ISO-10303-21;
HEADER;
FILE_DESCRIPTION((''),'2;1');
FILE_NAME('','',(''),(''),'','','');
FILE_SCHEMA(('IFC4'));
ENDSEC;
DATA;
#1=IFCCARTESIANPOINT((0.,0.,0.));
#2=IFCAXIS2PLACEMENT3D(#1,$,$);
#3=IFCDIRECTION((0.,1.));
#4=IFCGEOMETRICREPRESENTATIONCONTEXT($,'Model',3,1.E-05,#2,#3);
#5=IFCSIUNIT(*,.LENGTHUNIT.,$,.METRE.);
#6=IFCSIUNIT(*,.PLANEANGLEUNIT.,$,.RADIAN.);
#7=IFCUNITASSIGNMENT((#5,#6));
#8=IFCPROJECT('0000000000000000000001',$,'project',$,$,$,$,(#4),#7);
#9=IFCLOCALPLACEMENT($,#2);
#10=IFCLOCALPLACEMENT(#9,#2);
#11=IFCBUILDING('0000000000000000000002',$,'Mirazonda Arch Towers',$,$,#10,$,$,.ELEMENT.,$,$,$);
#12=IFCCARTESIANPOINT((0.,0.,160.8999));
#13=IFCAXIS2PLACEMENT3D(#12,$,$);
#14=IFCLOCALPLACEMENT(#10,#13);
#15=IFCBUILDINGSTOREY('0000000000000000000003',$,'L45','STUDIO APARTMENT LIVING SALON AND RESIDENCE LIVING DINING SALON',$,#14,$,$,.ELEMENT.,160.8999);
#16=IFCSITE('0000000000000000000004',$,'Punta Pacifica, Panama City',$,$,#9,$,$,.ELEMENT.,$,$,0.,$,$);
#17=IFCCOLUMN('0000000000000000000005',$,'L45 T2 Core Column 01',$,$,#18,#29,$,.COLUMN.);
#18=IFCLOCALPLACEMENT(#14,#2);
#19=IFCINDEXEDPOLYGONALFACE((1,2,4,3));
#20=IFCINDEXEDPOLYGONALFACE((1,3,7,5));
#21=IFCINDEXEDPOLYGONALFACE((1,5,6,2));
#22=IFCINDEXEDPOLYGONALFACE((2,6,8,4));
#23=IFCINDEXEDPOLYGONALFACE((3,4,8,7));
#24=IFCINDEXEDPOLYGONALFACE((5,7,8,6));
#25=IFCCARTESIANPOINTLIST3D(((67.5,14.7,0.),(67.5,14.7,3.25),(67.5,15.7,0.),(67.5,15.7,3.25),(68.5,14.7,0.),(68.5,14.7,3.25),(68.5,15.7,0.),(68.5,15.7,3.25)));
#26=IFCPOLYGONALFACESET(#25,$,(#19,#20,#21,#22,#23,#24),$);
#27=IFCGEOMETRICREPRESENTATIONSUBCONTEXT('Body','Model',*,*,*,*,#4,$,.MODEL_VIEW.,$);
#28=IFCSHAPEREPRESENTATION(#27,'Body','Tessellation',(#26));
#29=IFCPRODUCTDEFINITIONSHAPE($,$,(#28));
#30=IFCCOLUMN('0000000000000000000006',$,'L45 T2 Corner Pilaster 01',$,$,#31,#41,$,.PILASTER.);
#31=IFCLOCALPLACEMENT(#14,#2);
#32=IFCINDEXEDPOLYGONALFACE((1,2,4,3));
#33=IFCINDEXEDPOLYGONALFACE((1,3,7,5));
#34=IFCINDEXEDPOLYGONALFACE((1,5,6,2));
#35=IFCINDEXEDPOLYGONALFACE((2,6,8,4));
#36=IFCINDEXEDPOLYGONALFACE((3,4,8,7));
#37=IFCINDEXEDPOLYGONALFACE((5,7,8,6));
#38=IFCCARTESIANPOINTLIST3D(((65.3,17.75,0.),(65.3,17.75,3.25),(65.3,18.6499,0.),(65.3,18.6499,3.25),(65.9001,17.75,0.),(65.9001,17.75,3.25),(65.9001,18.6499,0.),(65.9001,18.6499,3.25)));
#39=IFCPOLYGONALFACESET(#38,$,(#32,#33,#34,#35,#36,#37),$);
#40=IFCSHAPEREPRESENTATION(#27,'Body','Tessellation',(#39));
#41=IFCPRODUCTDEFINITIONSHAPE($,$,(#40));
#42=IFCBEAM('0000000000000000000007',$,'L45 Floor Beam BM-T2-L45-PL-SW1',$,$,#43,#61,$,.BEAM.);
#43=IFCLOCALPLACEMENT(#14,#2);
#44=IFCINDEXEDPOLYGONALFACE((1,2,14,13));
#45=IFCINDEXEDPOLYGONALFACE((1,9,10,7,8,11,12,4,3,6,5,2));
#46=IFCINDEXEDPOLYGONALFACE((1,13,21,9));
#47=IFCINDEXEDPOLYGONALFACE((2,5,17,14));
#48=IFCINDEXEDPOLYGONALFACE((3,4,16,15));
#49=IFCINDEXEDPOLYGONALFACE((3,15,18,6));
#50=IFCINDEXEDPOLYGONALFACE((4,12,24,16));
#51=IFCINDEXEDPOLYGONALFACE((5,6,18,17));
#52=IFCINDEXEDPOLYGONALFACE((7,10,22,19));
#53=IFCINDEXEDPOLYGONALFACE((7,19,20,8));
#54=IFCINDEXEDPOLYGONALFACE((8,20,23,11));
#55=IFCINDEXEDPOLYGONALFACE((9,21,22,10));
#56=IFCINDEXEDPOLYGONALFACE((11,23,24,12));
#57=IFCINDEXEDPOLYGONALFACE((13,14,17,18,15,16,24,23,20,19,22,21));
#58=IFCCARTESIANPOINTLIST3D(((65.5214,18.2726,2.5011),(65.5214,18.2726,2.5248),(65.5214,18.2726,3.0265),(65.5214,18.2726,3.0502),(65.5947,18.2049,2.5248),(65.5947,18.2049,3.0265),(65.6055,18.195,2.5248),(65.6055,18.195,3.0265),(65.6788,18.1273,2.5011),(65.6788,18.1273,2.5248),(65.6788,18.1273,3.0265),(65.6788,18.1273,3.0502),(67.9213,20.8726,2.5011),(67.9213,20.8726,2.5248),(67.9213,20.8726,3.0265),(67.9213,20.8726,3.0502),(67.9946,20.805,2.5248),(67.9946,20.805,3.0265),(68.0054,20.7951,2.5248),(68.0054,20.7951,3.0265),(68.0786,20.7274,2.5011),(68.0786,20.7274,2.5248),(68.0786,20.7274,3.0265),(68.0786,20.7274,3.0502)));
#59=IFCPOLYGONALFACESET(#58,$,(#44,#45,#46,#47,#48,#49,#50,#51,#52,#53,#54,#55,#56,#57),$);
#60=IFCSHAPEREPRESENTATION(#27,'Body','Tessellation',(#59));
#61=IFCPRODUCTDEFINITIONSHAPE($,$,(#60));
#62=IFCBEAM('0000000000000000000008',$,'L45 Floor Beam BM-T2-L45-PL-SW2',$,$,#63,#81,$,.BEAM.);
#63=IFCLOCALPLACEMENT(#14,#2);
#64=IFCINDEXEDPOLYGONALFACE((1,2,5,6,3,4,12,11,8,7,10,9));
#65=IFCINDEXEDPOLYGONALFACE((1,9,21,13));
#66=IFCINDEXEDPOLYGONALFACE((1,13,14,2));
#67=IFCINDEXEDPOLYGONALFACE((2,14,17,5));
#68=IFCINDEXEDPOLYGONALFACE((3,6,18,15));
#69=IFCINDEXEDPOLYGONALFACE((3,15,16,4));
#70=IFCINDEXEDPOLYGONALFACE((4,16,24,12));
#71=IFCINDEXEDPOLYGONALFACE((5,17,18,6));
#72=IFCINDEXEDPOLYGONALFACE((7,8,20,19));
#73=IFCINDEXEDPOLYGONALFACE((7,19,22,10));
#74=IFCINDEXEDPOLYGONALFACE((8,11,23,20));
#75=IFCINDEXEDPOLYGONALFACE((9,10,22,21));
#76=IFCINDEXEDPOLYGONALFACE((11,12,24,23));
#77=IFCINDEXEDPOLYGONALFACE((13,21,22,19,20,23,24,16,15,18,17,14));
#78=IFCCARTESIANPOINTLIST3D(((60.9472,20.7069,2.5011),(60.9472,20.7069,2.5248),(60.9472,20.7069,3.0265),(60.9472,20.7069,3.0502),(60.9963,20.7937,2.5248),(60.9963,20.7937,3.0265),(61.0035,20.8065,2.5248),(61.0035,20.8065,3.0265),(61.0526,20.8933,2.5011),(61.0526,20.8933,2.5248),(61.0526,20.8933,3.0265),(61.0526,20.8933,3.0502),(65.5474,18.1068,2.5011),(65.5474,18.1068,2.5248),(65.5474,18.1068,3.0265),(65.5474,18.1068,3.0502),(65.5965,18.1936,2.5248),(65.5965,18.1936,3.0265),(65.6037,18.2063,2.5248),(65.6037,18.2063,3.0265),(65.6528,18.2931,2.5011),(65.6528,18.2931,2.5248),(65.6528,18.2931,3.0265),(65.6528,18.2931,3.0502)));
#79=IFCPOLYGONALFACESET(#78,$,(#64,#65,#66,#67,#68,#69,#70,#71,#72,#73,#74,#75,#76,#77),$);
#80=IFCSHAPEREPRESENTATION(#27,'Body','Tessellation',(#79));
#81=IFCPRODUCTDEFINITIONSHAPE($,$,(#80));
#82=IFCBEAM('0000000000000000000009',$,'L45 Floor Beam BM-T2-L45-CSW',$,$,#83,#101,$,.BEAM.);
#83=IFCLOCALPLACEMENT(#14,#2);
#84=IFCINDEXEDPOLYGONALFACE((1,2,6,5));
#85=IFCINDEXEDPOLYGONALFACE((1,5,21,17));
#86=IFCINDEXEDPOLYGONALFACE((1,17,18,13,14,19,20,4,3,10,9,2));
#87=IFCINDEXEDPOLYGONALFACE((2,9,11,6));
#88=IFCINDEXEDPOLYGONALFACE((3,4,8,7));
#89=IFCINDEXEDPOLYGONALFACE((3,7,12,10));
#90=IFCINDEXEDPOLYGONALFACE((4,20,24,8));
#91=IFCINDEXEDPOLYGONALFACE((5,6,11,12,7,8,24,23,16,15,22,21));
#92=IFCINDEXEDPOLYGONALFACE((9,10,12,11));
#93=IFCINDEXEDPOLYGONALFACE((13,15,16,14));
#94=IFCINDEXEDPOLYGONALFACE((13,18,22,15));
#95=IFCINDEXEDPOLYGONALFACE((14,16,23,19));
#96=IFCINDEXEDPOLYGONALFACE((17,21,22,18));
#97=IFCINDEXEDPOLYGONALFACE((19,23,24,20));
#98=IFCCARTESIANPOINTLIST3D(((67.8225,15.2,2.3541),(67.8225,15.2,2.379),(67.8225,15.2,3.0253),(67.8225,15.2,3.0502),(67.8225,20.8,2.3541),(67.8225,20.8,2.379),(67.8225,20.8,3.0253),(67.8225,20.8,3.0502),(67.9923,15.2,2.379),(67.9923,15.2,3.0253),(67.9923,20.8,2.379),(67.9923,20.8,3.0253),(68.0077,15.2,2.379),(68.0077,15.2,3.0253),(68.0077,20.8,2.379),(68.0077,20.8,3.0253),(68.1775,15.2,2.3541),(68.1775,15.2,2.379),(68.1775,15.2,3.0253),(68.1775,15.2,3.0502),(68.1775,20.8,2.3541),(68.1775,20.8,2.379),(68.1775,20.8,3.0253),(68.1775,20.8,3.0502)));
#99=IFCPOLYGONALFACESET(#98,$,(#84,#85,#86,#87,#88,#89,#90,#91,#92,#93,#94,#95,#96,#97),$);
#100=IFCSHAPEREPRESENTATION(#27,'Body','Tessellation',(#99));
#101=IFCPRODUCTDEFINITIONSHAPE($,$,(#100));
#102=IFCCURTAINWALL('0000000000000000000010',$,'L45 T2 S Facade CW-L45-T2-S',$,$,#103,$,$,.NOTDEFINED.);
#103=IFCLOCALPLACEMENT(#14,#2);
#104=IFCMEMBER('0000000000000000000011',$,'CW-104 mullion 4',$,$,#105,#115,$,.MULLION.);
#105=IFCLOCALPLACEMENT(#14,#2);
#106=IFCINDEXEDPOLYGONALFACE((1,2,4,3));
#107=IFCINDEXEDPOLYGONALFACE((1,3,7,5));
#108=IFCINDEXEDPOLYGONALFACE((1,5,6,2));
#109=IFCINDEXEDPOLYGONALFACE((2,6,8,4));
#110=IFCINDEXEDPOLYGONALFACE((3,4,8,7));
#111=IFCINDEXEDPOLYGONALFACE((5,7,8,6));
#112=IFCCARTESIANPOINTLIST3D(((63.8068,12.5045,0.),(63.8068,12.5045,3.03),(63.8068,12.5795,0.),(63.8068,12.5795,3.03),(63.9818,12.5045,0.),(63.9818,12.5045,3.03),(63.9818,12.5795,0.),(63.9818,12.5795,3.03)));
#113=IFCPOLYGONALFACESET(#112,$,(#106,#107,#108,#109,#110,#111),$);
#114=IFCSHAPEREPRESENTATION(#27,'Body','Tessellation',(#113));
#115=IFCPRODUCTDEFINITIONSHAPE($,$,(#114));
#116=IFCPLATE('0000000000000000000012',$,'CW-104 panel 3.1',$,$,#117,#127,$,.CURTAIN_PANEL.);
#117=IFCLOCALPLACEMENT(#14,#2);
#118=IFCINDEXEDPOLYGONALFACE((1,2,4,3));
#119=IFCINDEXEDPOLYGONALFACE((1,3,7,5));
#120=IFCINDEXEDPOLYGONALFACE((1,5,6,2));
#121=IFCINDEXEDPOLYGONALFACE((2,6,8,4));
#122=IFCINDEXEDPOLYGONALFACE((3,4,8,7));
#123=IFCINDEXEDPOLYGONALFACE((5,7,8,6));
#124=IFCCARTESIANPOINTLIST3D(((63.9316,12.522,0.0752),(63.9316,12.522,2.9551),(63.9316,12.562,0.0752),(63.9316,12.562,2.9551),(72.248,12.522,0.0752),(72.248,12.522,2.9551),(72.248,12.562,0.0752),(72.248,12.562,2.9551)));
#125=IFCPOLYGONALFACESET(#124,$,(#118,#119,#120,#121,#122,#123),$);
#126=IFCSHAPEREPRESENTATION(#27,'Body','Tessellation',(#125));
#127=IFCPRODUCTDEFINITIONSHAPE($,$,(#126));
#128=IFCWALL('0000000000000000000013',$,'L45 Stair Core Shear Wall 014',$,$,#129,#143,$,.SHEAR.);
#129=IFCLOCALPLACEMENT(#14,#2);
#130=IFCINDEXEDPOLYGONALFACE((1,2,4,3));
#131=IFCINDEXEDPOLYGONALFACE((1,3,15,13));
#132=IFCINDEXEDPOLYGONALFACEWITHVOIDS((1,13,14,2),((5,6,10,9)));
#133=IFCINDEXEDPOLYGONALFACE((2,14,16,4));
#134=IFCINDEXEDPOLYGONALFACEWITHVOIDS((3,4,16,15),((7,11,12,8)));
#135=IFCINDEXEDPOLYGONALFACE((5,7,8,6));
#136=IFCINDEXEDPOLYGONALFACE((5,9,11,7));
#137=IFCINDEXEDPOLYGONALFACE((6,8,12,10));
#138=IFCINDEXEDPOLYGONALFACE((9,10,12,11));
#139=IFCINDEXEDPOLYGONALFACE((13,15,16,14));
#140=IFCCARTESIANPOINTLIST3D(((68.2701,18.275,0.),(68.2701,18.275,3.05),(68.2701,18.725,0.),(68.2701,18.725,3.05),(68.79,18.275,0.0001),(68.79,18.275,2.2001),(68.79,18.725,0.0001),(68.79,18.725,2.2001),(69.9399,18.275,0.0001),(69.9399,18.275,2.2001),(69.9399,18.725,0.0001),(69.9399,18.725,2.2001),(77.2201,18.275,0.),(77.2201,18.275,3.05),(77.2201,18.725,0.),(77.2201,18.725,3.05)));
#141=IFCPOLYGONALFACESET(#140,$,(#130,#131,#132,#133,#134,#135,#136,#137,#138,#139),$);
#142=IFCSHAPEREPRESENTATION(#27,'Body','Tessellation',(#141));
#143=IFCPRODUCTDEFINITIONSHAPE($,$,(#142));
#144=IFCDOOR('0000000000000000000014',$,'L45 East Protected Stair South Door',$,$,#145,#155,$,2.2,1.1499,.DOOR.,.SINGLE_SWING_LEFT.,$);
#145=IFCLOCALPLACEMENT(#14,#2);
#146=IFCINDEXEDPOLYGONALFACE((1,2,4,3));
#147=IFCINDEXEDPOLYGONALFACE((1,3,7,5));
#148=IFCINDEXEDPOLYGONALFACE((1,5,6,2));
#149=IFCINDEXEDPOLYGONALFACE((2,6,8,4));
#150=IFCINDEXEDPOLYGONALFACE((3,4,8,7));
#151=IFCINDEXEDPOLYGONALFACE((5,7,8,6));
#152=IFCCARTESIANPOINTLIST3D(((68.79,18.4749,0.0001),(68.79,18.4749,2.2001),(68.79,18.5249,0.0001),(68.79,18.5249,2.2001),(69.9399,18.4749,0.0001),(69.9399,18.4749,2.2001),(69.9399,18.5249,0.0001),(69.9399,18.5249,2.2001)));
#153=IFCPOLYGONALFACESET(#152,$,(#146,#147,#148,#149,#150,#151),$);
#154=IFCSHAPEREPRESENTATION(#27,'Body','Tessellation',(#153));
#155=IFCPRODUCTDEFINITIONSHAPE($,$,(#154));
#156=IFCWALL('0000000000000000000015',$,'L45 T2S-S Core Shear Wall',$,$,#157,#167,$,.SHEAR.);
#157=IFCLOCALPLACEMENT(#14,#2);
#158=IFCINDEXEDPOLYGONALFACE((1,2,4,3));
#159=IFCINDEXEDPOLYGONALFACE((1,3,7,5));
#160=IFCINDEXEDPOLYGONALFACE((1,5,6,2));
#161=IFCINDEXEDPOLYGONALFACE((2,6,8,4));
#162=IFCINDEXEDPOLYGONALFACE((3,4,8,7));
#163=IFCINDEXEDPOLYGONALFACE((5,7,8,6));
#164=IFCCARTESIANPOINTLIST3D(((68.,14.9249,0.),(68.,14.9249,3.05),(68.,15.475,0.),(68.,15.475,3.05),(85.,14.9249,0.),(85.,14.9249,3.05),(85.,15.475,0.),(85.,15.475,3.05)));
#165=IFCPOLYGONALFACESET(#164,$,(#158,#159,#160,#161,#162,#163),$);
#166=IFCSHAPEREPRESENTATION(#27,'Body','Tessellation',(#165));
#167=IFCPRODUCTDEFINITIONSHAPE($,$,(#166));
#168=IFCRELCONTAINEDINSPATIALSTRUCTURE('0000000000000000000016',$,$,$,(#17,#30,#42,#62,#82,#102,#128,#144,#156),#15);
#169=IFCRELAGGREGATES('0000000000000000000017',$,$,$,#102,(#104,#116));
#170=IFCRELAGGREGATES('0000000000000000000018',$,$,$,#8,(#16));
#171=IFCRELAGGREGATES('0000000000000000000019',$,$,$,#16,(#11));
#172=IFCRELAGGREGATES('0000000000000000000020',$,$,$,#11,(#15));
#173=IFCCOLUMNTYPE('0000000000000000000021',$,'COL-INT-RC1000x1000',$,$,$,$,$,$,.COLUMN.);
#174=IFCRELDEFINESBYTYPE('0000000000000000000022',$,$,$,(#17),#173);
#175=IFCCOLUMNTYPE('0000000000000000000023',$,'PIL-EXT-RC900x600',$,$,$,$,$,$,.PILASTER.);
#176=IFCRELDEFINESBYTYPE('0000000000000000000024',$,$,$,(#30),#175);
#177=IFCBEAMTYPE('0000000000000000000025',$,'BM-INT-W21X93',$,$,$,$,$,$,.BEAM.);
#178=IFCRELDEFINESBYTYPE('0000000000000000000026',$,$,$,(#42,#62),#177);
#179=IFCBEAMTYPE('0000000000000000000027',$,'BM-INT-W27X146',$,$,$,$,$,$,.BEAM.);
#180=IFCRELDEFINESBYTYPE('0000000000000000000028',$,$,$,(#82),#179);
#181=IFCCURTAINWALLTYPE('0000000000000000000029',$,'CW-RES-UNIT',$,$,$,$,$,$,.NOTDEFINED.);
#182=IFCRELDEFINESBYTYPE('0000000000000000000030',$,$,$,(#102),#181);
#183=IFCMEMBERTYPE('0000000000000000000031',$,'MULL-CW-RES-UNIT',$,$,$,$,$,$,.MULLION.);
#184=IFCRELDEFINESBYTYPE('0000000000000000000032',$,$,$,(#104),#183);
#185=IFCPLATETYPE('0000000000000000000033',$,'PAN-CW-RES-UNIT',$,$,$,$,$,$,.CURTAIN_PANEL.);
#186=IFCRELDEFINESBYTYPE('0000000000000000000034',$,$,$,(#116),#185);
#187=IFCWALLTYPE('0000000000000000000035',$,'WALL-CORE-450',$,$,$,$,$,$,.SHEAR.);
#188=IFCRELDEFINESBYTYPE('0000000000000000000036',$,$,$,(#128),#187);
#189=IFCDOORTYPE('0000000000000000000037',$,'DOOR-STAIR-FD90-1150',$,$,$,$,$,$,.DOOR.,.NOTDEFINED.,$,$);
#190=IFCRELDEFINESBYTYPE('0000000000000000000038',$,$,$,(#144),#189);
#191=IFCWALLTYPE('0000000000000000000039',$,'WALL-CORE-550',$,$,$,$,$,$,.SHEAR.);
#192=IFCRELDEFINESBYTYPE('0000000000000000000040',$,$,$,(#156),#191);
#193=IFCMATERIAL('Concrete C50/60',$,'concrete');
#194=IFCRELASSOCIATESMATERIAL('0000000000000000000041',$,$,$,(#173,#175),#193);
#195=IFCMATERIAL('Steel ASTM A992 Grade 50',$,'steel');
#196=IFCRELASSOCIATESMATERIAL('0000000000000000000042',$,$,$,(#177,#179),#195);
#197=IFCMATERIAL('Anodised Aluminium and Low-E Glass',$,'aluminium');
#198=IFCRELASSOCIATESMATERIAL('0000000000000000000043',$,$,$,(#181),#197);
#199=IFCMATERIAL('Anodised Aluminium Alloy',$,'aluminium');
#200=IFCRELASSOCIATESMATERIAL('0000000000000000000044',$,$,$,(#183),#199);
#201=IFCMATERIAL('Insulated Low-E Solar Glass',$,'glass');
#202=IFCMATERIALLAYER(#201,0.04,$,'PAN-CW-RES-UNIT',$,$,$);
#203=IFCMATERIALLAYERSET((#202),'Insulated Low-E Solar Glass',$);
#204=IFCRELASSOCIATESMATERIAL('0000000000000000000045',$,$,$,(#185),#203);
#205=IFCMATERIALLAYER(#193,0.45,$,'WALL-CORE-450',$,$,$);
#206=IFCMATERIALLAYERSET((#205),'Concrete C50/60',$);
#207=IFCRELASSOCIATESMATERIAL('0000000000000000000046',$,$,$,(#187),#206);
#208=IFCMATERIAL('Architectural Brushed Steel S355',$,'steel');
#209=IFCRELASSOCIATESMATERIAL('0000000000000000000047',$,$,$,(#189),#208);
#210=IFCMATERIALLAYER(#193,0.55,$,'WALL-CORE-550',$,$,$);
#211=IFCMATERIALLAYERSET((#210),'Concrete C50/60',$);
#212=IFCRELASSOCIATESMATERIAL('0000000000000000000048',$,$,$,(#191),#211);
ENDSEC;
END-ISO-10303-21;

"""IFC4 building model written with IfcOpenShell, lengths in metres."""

from ifc_helpers import new_model, si_unit, direction, frame, frame_2d, origin, origin_2d, place, context, subcontext, project, spatial, rectangle, i_section, extrude, material, layer, layer_set, material_profile, profile_set, type_object, element, fill, aggregate, save


model = new_model("IFC4")

# Units and contexts
model_context = context("Model", 3, precision=1e-05, world=origin(), true_north=direction((0.0, 1.0)))
body_context = subcontext(model_context, "Body", "Model", "MODEL_VIEW")
ifc_project = project(units=[si_unit("LENGTHUNIT", "METRE"), si_unit("PLANEANGLEUNIT", "RADIAN")], contexts=[model_context])

# Site, building, storey
site_placement = place(None, origin())
site = spatial("IfcSite", under=ifc_project, at=site_placement, Name="Punta Pacifica, Panama City", CompositionType="ELEMENT", RefElevation=0.0)
building_placement = place(site_placement, origin())
building = spatial("IfcBuilding", under=site, at=building_placement, Name="Mirazonda Arch Towers", CompositionType="ELEMENT")
storey_placement = place(building_placement, frame((0.0, 0.0, 160.8999)))
storey = spatial("IfcBuildingStorey", under=building, at=storey_placement, Name="L45", Description="STUDIO APARTMENT LIVING SALON AND RESIDENCE LIVING DINING SALON", CompositionType="ELEMENT", Elevation=160.8999)

# Columns
ifc_material_1 = material(Name="Concrete C50/60", Category="concrete")
ifc_material_profile_1 = material_profile(ifc_material_1, rectangle(XDim=1.0, YDim=1.0, at=origin_2d()), Name="RC1000x1000")
ifc_profile_set_1 = profile_set([ifc_material_profile_1], Name="Concrete C50/60")
column_type_1 = type_object("IfcColumnType", Name="COL-INT-RC1000x1000", PredefinedType="COLUMN", material=ifc_profile_set_1)
column_1_placement = place(storey_placement, frame((68.0, 15.2, 0.0), z_axis=(0.0, 0.0, 1.0), x_axis=(1.0, 0.0, 0.0)))
element("IfcColumn", 1, at=column_1_placement, inside=storey, type_object=column_type_1, Name="L45 T2 Core Column 01", PredefinedType="COLUMN", context=body_context, shape_type="SweptSolid", body=[
    extrude(rectangle(XDim=1.0, YDim=1.0, at=origin_2d()), origin(), (0.0, 0.0, 1.0), 3.25),
])
ifc_material_profile_2 = material_profile(ifc_material_1, rectangle(XDim=0.6001, YDim=0.8999, at=origin_2d()), Name="RC900x600")
ifc_profile_set_2 = profile_set([ifc_material_profile_2], Name="Concrete C50/60")
column_type_2 = type_object("IfcColumnType", Name="PIL-EXT-RC900x600", PredefinedType="PILASTER", material=ifc_profile_set_2)
column_2_placement = place(storey_placement, frame((65.6001, 18.2, 0.0), z_axis=(0.0, 0.0, 1.0), x_axis=(1.0, 0.0, 0.0)))
element("IfcColumn", 2, at=column_2_placement, inside=storey, type_object=column_type_2, Name="L45 T2 Corner Pilaster 01", PredefinedType="PILASTER", context=body_context, shape_type="SweptSolid", body=[
    extrude(rectangle(XDim=0.6001, YDim=0.8999, at=origin_2d()), origin(), (0.0, 0.0, 1.0), 3.25),
])

# Beams
ifc_material_2 = material(Name="Steel ASTM A992 Grade 50", Category="steel")
ifc_material_profile_3 = material_profile(ifc_material_2, i_section(OverallWidth=0.2141, OverallDepth=0.5491, WebThickness=0.0146, FlangeThickness=0.0237, at=origin_2d()), Name="W21X93")
ifc_profile_set_3 = profile_set([ifc_material_profile_3], Name="Steel ASTM A992 Grade 50")
beam_type_1 = type_object("IfcBeamType", Name="BM-INT-W21X93", PredefinedType="BEAM", material=ifc_profile_set_3)
beam_1_placement = place(storey_placement, frame((65.6001, 18.2, 2.7756), z_axis=(0.678251, 0.73483, 0.0), x_axis=(-0.73483, 0.678251, 0.0)))
element("IfcBeam", 3, at=beam_1_placement, inside=storey, type_object=beam_type_1, Name="L45 Floor Beam BM-T2-L45-PL-SW1", PredefinedType="BEAM", context=body_context, shape_type="SweptSolid", body=[
    extrude(i_section(OverallWidth=0.2141, OverallDepth=0.5491, WebThickness=0.0146, FlangeThickness=0.0237, at=origin_2d()), origin(), (0.0, 0.0, 1.0), 3.5383),
])
beam_2_placement = place(storey_placement, frame((65.6001, 18.2, 2.7756), z_axis=(-0.870559, 0.492063, 0.0), x_axis=(-0.492063, -0.870559, 0.0)))
element("IfcBeam", 4, at=beam_2_placement, inside=storey, type_object=beam_type_1, Name="L45 Floor Beam BM-T2-L45-PL-SW2", PredefinedType="BEAM", context=body_context, shape_type="SweptSolid", body=[
    extrude(i_section(OverallWidth=0.2141, OverallDepth=0.5491, WebThickness=0.0146, FlangeThickness=0.0237, at=origin_2d()), origin(), (0.0, 0.0, 1.0), 5.2842),
])
ifc_material_profile_4 = material_profile(ifc_material_2, i_section(OverallWidth=0.355, OverallDepth=0.696, WebThickness=0.0154, FlangeThickness=0.0249, at=origin_2d()), Name="W27X146")
ifc_profile_set_4 = profile_set([ifc_material_profile_4], Name="Steel ASTM A992 Grade 50")
beam_type_2 = type_object("IfcBeamType", Name="BM-INT-W27X146", PredefinedType="BEAM", material=ifc_profile_set_4)
beam_3_placement = place(storey_placement, frame((68.0, 15.2, 2.7021), z_axis=(0.0, 1.0, 0.0), x_axis=(-1.0, 0.0, 0.0)))
element("IfcBeam", 5, at=beam_3_placement, inside=storey, type_object=beam_type_2, Name="L45 Floor Beam BM-T2-L45-CSW", PredefinedType="BEAM", context=body_context, shape_type="SweptSolid", body=[
    extrude(i_section(OverallWidth=0.355, OverallDepth=0.696, WebThickness=0.0154, FlangeThickness=0.0249, at=origin_2d()), origin(), (0.0, 0.0, 1.0), 5.6001),
])

# Curtain wall, member, plate
ifc_material_3 = material(Name="Anodised Aluminium and Low-E Glass", Category="aluminium")
curtain_wall_type = type_object("IfcCurtainWallType", Name="CW-RES-UNIT", PredefinedType="NOTDEFINED", material=ifc_material_3)
curtain_wall_placement = place(storey_placement, origin())
curtain_wall = element("IfcCurtainWall", 6, at=curtain_wall_placement, inside=storey, type_object=curtain_wall_type, Name="L45 T2 S Facade CW-L45-T2-S", PredefinedType="NOTDEFINED")
ifc_material_4 = material(Name="Anodised Aluminium Alloy", Category="aluminium")
ifc_material_profile_5 = material_profile(ifc_material_4, rectangle(XDim=0.075, YDim=0.175, at=origin_2d()), Name="ALU-MULL-75x175")
ifc_profile_set_5 = profile_set([ifc_material_profile_5], Name="Anodised Aluminium Alloy")
member_type = type_object("IfcMemberType", Name="MULL-CW-RES-UNIT", PredefinedType="MULLION", material=ifc_profile_set_5)
member_placement = place(storey_placement, frame((63.8943, 12.542, 0.0), z_axis=(0.0, 0.0, 1.0), x_axis=(0.0, -1.0, 0.0)))
member = element("IfcMember", 7, at=member_placement, type_object=member_type, Name="CW-104 mullion 4", PredefinedType="MULLION", context=body_context, shape_type="SweptSolid", body=[
    extrude(rectangle(XDim=0.075, YDim=0.175, at=origin_2d()), origin(), (0.0, 0.0, 1.0), 3.03),
])
ifc_material_5 = material(Name="Insulated Low-E Solar Glass", Category="glass")
ifc_layer_1 = layer(ifc_material_5, 0.04, Name="PAN-CW-RES-UNIT")
ifc_layer_set_1 = layer_set([ifc_layer_1], Name="Insulated Low-E Solar Glass")
plate_type = type_object("IfcPlateType", Name="PAN-CW-RES-UNIT", PredefinedType="CURTAIN_PANEL", material=ifc_layer_set_1)
plate_placement = place(storey_placement, frame((68.0898, 12.542, 0.0752), z_axis=(0.0, 0.0, 1.0), x_axis=(-1.0, 0.0, 0.0)))
plate = element("IfcPlate", 8, at=plate_placement, type_object=plate_type, Name="CW-104 panel 3.1", PredefinedType="CURTAIN_PANEL", context=body_context, shape_type="SweptSolid", body=[
    extrude(rectangle(XDim=8.3164, YDim=0.04, at=origin_2d()), origin(), (0.0, 0.0, 1.0), 2.8799),
])
aggregate(curtain_wall, [member, plate])

# Wall, opening, door
ifc_layer_2 = layer(ifc_material_1, 0.45, Name="WALL-CORE-450")
ifc_layer_set_2 = layer_set([ifc_layer_2], Name="Concrete C50/60")
wall_type_1 = type_object("IfcWallType", Name="WALL-CORE-450", PredefinedType="SHEAR", material=ifc_layer_set_2)
wall_1_placement = place(storey_placement, frame((68.27, 18.5, 0.0), z_axis=(0.0, 0.0, 1.0), x_axis=(1.0, 0.0, 0.0)))
wall_1 = element("IfcWall", 9, at=wall_1_placement, inside=storey, type_object=wall_type_1, Name="L45 Stair Core Shear Wall 014", PredefinedType="SHEAR", context=body_context, shape_type="SweptSolid", body=[
    extrude(rectangle(XDim=8.95, YDim=0.45, at=frame_2d((4.4751, 0.0))), origin(), (0.0, 0.0, 1.0), 3.05),
])
opening_1_placement = place(wall_1_placement, frame((0.52, 0.0, 0.0)))
opening_1 = element("IfcOpeningElement", 10, at=opening_1_placement, cuts=wall_1, PredefinedType="OPENING", context=body_context, shape_type="SweptSolid", body=[
    extrude(rectangle(XDim=1.1499, YDim=2.2, at=frame_2d((0.575, 1.1001))), frame((0.0, 0.2349, 0.0), z_axis=(0.0, -1.0, 0.0), x_axis=(1.0, 0.0, 0.0)), (0.0, 0.0, 1.0), 0.47),
])
ifc_material_6 = material(Name="Architectural Brushed Steel S355", Category="steel")
door_type = type_object("IfcDoorType", Name="DOOR-STAIR-FD90-1150", OperationType="NOTDEFINED", PredefinedType="DOOR", material=ifc_material_6)
door_placement = place(opening_1_placement, origin())
door = element("IfcDoor", 11, at=door_placement, inside=storey, type_object=door_type, Name="L45 East Protected Stair South Door", OperationType="SINGLE_SWING_LEFT", OverallHeight=2.2, OverallWidth=1.1499, PredefinedType="DOOR", context=body_context, shape_type="SweptSolid", body=[
    extrude(rectangle(XDim=1.1499, YDim=2.2, at=frame_2d((0.575, 1.1001))), frame((0.0, 0.0249, 0.0), z_axis=(0.0, -1.0, 0.0), x_axis=(1.0, 0.0, 0.0)), (0.0, 0.0, 1.0), 0.05),
])
fill(opening_1, door)

# Wall
ifc_layer_3 = layer(ifc_material_1, 0.55, Name="WALL-CORE-550")
ifc_layer_set_3 = layer_set([ifc_layer_3], Name="Concrete C50/60")
wall_type_2 = type_object("IfcWallType", Name="WALL-CORE-550", PredefinedType="SHEAR", material=ifc_layer_set_3)
wall_2_placement = place(storey_placement, frame((68.0, 15.2, 0.0), z_axis=(0.0, 0.0, 1.0), x_axis=(1.0, 0.0, 0.0)))
element("IfcWall", 12, at=wall_2_placement, inside=storey, type_object=wall_type_2, Name="L45 T2S-S Core Shear Wall", PredefinedType="SHEAR", context=body_context, shape_type="SweptSolid", body=[
    extrude(rectangle(XDim=17.0, YDim=0.55, at=frame_2d((8.5, 0.0))), origin(), (0.0, 0.0, 1.0), 3.05),
])

save(model, "model.ifc")
